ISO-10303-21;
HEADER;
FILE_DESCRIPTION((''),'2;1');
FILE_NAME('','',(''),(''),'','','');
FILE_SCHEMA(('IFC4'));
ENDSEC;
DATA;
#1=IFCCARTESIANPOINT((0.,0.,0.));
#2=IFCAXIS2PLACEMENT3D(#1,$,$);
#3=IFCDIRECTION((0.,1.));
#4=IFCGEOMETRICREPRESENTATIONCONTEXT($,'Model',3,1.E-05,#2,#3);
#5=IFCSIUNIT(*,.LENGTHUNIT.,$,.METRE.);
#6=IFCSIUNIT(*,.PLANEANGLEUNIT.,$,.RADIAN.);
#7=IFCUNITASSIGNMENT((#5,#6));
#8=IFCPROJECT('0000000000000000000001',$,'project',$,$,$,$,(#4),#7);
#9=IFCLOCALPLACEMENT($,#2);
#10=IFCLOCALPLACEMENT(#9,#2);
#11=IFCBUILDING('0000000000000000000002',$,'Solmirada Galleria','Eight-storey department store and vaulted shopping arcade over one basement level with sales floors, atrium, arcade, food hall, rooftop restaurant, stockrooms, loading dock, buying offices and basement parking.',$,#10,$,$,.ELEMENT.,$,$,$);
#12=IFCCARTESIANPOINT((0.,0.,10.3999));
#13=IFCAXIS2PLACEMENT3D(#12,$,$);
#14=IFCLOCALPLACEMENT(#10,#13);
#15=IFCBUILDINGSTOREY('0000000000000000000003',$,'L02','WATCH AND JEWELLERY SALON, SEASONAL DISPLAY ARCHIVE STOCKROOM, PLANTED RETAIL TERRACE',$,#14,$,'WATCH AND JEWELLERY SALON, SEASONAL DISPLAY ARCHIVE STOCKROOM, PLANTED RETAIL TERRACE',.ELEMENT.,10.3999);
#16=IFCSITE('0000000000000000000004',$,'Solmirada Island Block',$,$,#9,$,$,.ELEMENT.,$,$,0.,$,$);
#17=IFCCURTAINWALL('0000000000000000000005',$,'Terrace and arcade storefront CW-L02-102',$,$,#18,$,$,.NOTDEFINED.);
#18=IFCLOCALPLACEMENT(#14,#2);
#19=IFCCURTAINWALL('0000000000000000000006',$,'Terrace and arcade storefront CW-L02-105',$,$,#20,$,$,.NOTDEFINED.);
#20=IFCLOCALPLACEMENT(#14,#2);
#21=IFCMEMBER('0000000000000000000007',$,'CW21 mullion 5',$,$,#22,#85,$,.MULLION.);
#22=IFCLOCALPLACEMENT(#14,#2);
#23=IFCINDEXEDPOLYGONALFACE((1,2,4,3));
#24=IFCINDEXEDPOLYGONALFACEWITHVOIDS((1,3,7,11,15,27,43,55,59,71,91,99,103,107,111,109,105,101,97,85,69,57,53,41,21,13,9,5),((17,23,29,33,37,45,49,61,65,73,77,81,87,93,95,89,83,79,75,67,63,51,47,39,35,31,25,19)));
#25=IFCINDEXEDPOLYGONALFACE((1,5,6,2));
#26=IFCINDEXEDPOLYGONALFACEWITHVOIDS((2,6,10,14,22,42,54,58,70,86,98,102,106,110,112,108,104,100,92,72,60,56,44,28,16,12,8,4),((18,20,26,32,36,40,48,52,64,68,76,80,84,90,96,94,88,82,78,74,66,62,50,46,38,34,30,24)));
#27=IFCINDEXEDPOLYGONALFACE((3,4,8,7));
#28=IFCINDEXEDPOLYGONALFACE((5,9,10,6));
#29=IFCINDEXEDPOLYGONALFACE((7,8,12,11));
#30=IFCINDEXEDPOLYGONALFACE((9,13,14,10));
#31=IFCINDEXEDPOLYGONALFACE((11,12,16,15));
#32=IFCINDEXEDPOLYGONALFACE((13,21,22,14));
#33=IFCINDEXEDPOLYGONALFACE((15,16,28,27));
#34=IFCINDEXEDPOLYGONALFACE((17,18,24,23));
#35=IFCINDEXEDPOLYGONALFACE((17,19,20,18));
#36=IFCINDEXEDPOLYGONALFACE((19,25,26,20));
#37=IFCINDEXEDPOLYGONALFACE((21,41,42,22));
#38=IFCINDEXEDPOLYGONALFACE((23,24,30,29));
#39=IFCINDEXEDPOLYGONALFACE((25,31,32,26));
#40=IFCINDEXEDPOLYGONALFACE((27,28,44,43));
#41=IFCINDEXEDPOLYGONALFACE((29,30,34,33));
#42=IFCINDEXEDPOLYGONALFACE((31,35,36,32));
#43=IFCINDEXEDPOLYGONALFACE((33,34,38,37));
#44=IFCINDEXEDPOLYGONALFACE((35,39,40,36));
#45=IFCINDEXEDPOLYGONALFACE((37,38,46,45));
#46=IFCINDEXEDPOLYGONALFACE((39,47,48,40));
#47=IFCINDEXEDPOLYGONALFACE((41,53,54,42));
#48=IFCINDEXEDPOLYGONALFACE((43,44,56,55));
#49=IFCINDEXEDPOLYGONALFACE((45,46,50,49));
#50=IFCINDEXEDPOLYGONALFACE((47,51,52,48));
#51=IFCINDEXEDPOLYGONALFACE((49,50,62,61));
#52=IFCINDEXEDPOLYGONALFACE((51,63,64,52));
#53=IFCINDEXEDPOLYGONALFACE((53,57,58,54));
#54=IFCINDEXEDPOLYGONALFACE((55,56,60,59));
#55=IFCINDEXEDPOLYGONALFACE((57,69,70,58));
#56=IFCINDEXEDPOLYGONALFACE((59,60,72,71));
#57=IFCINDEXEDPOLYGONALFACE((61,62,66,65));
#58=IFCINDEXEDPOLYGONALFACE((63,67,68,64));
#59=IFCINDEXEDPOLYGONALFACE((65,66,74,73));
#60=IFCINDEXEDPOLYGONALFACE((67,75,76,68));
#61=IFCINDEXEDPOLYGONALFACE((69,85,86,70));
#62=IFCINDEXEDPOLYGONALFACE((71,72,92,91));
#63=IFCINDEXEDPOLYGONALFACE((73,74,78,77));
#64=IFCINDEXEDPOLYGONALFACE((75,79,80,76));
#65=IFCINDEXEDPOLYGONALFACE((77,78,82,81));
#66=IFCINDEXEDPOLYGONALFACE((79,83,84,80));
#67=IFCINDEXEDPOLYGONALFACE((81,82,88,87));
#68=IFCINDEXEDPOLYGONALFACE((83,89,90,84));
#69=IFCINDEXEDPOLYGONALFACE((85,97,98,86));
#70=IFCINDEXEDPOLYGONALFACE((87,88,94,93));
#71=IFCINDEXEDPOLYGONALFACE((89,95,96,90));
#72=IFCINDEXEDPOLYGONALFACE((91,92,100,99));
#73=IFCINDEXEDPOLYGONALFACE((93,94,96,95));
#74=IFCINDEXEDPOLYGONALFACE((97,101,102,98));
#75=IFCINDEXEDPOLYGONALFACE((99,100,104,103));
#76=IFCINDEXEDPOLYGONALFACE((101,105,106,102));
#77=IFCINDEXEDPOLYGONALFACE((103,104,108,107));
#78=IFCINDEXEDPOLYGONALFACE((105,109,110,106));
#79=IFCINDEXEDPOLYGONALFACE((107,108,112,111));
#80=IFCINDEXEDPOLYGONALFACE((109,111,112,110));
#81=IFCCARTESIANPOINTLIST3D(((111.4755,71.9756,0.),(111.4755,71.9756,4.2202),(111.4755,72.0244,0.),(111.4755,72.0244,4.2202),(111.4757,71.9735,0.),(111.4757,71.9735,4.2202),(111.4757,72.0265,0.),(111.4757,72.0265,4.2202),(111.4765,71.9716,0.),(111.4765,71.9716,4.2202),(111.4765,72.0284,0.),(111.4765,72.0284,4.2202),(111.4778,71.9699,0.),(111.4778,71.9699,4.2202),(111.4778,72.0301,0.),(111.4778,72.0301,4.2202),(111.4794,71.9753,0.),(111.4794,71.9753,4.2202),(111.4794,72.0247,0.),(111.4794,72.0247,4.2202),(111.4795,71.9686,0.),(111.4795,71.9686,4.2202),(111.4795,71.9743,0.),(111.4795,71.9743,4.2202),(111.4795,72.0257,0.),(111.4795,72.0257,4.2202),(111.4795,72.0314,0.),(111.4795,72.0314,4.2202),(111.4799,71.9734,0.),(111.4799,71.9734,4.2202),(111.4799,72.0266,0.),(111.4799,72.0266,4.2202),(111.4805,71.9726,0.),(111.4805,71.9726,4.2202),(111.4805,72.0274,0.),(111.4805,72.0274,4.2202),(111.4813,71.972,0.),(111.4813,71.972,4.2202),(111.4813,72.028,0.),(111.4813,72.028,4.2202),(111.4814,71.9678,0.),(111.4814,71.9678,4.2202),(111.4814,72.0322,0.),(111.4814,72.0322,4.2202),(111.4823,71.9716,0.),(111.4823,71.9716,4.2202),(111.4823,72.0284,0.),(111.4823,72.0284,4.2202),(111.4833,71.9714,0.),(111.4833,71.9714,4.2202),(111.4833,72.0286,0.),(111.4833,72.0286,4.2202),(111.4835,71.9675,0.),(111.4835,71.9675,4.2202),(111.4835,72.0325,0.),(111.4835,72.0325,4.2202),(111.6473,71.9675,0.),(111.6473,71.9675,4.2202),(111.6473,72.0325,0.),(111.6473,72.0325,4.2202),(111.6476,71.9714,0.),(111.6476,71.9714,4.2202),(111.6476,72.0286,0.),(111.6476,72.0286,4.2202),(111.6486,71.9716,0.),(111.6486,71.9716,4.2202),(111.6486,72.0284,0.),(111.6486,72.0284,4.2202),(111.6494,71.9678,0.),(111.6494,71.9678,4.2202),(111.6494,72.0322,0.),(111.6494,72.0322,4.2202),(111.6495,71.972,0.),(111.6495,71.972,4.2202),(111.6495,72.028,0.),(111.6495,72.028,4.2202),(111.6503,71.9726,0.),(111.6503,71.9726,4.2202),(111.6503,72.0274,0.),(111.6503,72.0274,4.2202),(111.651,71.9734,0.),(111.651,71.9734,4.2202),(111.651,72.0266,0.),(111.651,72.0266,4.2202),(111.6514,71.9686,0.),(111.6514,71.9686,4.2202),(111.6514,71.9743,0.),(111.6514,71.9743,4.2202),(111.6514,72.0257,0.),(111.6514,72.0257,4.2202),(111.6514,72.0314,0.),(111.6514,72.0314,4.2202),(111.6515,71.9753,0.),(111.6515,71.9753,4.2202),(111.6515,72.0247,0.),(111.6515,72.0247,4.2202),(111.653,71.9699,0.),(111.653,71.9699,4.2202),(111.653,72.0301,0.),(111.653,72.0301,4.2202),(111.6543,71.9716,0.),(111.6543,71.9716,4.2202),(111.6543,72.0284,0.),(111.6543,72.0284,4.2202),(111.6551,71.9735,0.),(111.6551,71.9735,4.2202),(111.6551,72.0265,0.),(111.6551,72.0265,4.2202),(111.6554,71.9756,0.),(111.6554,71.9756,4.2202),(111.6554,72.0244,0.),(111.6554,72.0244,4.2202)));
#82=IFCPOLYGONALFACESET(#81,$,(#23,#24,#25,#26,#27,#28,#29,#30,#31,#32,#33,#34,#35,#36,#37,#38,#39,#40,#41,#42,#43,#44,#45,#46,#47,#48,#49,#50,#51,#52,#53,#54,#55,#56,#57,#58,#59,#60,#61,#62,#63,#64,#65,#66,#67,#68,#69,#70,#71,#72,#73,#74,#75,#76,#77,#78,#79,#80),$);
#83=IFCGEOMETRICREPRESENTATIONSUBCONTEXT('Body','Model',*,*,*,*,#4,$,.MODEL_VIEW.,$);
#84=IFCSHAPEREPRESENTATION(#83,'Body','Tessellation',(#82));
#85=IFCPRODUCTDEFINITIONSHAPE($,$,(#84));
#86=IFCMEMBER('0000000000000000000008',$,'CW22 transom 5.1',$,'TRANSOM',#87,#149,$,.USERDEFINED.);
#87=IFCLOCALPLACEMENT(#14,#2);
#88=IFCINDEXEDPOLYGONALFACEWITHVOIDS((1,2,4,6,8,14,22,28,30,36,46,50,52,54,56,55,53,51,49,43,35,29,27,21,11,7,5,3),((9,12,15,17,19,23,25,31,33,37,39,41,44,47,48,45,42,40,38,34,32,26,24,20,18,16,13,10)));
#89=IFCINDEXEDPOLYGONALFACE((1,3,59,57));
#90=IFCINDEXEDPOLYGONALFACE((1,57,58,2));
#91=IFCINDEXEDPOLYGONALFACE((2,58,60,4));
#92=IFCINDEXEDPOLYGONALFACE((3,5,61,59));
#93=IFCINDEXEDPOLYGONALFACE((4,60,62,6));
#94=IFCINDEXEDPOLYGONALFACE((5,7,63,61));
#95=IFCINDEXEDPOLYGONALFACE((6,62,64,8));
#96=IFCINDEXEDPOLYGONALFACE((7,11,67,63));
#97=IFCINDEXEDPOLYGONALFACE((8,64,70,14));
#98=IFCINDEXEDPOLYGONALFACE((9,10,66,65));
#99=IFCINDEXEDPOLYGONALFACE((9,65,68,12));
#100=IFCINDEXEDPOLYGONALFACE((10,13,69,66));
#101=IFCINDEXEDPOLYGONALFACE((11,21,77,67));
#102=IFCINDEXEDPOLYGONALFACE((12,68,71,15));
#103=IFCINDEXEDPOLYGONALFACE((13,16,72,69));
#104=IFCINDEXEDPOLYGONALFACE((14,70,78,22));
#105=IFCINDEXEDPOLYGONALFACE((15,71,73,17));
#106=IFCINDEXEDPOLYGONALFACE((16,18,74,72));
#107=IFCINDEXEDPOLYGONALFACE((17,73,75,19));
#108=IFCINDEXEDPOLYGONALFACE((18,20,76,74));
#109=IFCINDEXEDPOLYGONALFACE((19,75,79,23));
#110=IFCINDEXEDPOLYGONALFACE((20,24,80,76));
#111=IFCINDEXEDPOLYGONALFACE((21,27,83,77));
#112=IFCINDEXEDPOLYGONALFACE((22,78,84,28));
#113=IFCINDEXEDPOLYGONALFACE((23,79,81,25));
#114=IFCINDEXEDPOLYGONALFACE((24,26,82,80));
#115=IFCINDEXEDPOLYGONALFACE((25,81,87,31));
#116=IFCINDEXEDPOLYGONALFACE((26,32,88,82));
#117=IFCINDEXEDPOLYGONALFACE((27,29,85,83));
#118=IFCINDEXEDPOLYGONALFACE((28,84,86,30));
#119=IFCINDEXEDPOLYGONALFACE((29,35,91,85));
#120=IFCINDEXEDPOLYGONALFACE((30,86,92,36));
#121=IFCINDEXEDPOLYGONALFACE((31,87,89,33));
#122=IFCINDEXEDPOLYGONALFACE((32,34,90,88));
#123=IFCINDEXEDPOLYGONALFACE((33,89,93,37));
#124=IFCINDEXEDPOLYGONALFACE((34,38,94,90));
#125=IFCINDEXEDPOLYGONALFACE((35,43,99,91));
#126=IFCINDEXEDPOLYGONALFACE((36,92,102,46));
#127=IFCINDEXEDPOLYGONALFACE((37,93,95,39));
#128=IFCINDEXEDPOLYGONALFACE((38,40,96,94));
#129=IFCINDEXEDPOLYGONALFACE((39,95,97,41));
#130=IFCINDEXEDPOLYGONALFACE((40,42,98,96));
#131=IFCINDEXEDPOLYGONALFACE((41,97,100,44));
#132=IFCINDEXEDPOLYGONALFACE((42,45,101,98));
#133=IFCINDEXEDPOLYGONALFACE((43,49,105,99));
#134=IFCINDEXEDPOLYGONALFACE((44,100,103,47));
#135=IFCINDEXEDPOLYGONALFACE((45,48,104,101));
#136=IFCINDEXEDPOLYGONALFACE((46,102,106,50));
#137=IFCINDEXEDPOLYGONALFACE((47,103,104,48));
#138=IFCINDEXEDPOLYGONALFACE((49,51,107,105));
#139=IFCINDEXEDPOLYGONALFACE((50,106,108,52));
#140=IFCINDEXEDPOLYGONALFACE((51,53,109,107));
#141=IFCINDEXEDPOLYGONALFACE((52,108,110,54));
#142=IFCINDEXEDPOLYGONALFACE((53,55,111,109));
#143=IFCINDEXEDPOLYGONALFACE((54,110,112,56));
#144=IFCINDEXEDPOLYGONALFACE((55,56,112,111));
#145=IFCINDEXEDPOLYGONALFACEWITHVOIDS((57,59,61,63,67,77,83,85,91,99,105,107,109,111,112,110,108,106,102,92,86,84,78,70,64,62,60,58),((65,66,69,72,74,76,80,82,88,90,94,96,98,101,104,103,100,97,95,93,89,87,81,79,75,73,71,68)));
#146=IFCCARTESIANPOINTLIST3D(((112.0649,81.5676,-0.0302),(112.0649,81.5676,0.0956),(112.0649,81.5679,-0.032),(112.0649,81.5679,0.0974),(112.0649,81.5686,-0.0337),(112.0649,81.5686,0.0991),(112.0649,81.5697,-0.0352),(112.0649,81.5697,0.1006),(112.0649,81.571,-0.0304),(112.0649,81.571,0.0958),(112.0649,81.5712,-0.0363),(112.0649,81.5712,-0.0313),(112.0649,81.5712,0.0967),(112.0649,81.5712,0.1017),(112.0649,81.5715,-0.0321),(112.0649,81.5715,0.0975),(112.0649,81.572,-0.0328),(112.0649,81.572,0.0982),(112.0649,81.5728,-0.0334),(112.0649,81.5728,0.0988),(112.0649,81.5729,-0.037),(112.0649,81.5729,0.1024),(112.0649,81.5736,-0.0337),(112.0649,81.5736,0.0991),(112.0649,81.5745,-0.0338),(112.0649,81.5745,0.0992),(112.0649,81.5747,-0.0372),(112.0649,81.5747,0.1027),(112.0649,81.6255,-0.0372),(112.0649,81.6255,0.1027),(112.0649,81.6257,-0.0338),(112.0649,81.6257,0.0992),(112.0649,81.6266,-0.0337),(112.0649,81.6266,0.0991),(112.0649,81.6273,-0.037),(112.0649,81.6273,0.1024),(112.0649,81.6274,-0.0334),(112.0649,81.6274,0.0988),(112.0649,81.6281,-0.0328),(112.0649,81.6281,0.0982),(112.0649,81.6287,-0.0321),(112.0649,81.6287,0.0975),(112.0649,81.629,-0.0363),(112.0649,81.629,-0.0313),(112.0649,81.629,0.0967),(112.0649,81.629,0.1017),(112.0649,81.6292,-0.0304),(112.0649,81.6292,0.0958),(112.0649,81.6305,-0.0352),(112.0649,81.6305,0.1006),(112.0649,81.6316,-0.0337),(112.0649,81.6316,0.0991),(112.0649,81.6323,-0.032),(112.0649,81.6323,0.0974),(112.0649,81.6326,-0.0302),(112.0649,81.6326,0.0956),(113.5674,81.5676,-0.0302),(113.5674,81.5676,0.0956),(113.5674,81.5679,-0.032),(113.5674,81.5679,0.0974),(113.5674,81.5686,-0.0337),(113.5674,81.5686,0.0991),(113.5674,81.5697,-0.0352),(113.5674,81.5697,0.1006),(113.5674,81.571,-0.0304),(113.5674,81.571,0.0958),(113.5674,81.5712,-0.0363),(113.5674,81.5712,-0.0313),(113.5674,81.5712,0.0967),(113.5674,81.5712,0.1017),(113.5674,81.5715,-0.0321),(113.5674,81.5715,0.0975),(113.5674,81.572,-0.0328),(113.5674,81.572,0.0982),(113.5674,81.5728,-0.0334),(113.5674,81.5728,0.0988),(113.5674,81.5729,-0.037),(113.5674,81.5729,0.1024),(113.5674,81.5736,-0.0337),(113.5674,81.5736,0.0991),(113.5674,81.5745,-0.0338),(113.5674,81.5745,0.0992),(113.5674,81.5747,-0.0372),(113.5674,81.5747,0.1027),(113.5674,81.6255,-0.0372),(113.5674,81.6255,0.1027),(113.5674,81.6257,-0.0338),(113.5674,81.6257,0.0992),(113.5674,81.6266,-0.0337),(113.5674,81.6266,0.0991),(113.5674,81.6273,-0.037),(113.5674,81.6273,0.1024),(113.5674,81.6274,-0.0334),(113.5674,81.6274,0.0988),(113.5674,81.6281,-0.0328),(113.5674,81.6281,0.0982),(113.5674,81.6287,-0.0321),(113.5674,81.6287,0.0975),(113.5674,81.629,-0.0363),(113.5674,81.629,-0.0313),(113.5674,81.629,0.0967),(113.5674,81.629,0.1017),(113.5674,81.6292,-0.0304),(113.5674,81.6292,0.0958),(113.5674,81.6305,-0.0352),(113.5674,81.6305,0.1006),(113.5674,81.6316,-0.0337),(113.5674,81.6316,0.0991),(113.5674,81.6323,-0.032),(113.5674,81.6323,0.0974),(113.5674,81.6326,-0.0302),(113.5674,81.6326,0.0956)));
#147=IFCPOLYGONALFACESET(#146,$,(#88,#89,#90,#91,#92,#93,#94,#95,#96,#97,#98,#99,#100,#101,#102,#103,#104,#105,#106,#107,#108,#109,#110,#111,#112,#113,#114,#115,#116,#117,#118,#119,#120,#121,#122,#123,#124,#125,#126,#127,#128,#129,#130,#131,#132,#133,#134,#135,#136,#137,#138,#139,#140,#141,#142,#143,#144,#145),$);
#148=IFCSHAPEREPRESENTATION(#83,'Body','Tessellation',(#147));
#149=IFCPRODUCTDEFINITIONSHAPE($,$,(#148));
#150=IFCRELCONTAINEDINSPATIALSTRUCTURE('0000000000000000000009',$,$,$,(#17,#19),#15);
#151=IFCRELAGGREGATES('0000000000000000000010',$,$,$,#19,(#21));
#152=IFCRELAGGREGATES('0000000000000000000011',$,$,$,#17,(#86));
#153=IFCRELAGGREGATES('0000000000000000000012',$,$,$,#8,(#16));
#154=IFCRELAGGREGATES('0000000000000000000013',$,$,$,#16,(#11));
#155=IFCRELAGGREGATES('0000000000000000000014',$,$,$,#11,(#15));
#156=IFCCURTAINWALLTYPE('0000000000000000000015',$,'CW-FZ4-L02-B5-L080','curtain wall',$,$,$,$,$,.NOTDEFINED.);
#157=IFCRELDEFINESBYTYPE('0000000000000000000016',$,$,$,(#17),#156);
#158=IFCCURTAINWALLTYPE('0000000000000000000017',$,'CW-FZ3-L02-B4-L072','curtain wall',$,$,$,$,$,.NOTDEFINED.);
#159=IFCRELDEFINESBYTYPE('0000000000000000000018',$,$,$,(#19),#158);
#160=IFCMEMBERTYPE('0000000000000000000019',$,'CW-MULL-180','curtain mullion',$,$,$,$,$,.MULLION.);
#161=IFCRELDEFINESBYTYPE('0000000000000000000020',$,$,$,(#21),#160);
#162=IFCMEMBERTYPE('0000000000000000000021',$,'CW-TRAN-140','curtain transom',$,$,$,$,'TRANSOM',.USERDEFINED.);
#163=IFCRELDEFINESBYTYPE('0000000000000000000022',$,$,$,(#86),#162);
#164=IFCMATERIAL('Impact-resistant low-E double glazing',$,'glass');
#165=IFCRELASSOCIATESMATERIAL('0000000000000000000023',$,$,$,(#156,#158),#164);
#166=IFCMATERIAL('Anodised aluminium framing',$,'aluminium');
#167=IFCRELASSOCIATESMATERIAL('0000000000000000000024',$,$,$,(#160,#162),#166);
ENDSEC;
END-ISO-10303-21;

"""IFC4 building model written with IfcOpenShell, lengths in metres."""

from ifc_helpers import new_model, si_unit, direction, frame, origin, origin_2d, place, context, subcontext, project, spatial, hollow_rectangle, extrude, material, material_profile, profile_set, type_object, element, aggregate, save


model = new_model("IFC4")

# Units and contexts
model_context = context("Model", 3, precision=1e-05, world=origin(), true_north=direction((0.0, 1.0)))
body_context = subcontext(model_context, "Body", "Model", "MODEL_VIEW")
ifc_project = project(units=[si_unit("LENGTHUNIT", "METRE"), si_unit("PLANEANGLEUNIT", "RADIAN")], contexts=[model_context])

# Site, building, storey
site_placement = place(None, origin())
site = spatial("IfcSite", under=ifc_project, at=site_placement, Name="Solmirada Island Block", CompositionType="ELEMENT", RefElevation=0.0)
building_placement = place(site_placement, origin())
building = spatial("IfcBuilding", under=site, at=building_placement, Name="Solmirada Galleria", Description="Eight-storey department store and vaulted shopping arcade over one basement level with sales floors, atrium, arcade, food hall, rooftop restaurant, stockrooms, loading dock, buying offices and basement parking.", CompositionType="ELEMENT")
storey_placement = place(building_placement, frame((0.0, 0.0, 10.3999)))
storey = spatial("IfcBuildingStorey", under=building, at=storey_placement, Name="L02", Description="WATCH AND JEWELLERY SALON, SEASONAL DISPLAY ARCHIVE STOCKROOM, PLANTED RETAIL TERRACE", LongName="WATCH AND JEWELLERY SALON, SEASONAL DISPLAY ARCHIVE STOCKROOM, PLANTED RETAIL TERRACE", CompositionType="ELEMENT", Elevation=10.3999)

# Curtain walls, member
ifc_material_1 = material(Name="Impact-resistant low-E double glazing", Category="glass")
curtain_wall_type_1 = type_object("IfcCurtainWallType", Name="CW-FZ4-L02-B5-L080", Description="curtain wall", PredefinedType="NOTDEFINED", material=ifc_material_1)
curtain_wall_1_placement = place(storey_placement, origin())
curtain_wall_1 = element("IfcCurtainWall", 1, at=curtain_wall_1_placement, inside=storey, type_object=curtain_wall_type_1, Name="Terrace and arcade storefront CW-L02-102", PredefinedType="NOTDEFINED")
ifc_material_2 = material(Name="Anodised aluminium framing", Category="aluminium")
ifc_material_profile_1 = material_profile(ifc_material_2, hollow_rectangle(XDim=0.0649, YDim=0.1799, WallThickness=0.0039, InnerFilletRadius=0.0039, OuterFilletRadius=0.0081, at=origin_2d()), Name="ALU-MULL-180X65")
ifc_profile_set_1 = profile_set([ifc_material_profile_1], Name="Anodised aluminium framing")
member_type_1 = type_object("IfcMemberType", Name="CW-MULL-180", Description="curtain mullion", PredefinedType="MULLION", material=ifc_profile_set_1)
curtain_wall_type_2 = type_object("IfcCurtainWallType", Name="CW-FZ3-L02-B4-L072", Description="curtain wall", PredefinedType="NOTDEFINED", material=ifc_material_1)
curtain_wall_2_placement = place(storey_placement, origin())
curtain_wall_2 = element("IfcCurtainWall", 2, at=curtain_wall_2_placement, inside=storey, type_object=curtain_wall_type_2, Name="Terrace and arcade storefront CW-L02-105", PredefinedType="NOTDEFINED")
member_1_placement = place(storey_placement, frame((111.5654, 72.0, 0.0), z_axis=(0.0, 0.0, 1.0), x_axis=(0.0, 1.0, 0.0)))
member_1 = element("IfcMember", 3, at=member_1_placement, type_object=member_type_1, Name="CW21 mullion 5", PredefinedType="MULLION", context=body_context, shape_type="SweptSolid", body=[
    extrude(hollow_rectangle(XDim=0.0649, YDim=0.1799, WallThickness=0.0039, InnerFilletRadius=0.0039, OuterFilletRadius=0.0081, at=origin_2d()), origin(), (0.0, 0.0, 1.0), 4.2202),
])

# Member
ifc_material_profile_2 = material_profile(ifc_material_2, hollow_rectangle(XDim=0.0649, YDim=0.1399, WallThickness=0.0034, InnerFilletRadius=0.0034, OuterFilletRadius=0.0071, at=origin_2d()), Name="ALU-TRAN-140X65")
ifc_profile_set_2 = profile_set([ifc_material_profile_2], Name="Anodised aluminium framing")
member_type_2 = type_object("IfcMemberType", Name="CW-TRAN-140", Description="curtain transom", ElementType="TRANSOM", PredefinedType="USERDEFINED", material=ifc_profile_set_2)
member_2_placement = place(storey_placement, frame((113.5674, 81.6001, 0.0327), z_axis=(-1.0, 0.0, 0.0), x_axis=(0.0, -1.0, 0.0)))
member_2 = element("IfcMember", 4, at=member_2_placement, type_object=member_type_2, Name="CW22 transom 5.1", ObjectType="TRANSOM", PredefinedType="USERDEFINED", context=body_context, shape_type="SweptSolid", body=[
    extrude(hollow_rectangle(XDim=0.0649, YDim=0.1399, WallThickness=0.0034, InnerFilletRadius=0.0034, OuterFilletRadius=0.0071, at=origin_2d()), origin(), (0.0, 0.0, 1.0), 1.5024),
])

aggregate(curtain_wall_2, [member_1])
aggregate(curtain_wall_1, [member_2])

save(model, "model.ifc")
